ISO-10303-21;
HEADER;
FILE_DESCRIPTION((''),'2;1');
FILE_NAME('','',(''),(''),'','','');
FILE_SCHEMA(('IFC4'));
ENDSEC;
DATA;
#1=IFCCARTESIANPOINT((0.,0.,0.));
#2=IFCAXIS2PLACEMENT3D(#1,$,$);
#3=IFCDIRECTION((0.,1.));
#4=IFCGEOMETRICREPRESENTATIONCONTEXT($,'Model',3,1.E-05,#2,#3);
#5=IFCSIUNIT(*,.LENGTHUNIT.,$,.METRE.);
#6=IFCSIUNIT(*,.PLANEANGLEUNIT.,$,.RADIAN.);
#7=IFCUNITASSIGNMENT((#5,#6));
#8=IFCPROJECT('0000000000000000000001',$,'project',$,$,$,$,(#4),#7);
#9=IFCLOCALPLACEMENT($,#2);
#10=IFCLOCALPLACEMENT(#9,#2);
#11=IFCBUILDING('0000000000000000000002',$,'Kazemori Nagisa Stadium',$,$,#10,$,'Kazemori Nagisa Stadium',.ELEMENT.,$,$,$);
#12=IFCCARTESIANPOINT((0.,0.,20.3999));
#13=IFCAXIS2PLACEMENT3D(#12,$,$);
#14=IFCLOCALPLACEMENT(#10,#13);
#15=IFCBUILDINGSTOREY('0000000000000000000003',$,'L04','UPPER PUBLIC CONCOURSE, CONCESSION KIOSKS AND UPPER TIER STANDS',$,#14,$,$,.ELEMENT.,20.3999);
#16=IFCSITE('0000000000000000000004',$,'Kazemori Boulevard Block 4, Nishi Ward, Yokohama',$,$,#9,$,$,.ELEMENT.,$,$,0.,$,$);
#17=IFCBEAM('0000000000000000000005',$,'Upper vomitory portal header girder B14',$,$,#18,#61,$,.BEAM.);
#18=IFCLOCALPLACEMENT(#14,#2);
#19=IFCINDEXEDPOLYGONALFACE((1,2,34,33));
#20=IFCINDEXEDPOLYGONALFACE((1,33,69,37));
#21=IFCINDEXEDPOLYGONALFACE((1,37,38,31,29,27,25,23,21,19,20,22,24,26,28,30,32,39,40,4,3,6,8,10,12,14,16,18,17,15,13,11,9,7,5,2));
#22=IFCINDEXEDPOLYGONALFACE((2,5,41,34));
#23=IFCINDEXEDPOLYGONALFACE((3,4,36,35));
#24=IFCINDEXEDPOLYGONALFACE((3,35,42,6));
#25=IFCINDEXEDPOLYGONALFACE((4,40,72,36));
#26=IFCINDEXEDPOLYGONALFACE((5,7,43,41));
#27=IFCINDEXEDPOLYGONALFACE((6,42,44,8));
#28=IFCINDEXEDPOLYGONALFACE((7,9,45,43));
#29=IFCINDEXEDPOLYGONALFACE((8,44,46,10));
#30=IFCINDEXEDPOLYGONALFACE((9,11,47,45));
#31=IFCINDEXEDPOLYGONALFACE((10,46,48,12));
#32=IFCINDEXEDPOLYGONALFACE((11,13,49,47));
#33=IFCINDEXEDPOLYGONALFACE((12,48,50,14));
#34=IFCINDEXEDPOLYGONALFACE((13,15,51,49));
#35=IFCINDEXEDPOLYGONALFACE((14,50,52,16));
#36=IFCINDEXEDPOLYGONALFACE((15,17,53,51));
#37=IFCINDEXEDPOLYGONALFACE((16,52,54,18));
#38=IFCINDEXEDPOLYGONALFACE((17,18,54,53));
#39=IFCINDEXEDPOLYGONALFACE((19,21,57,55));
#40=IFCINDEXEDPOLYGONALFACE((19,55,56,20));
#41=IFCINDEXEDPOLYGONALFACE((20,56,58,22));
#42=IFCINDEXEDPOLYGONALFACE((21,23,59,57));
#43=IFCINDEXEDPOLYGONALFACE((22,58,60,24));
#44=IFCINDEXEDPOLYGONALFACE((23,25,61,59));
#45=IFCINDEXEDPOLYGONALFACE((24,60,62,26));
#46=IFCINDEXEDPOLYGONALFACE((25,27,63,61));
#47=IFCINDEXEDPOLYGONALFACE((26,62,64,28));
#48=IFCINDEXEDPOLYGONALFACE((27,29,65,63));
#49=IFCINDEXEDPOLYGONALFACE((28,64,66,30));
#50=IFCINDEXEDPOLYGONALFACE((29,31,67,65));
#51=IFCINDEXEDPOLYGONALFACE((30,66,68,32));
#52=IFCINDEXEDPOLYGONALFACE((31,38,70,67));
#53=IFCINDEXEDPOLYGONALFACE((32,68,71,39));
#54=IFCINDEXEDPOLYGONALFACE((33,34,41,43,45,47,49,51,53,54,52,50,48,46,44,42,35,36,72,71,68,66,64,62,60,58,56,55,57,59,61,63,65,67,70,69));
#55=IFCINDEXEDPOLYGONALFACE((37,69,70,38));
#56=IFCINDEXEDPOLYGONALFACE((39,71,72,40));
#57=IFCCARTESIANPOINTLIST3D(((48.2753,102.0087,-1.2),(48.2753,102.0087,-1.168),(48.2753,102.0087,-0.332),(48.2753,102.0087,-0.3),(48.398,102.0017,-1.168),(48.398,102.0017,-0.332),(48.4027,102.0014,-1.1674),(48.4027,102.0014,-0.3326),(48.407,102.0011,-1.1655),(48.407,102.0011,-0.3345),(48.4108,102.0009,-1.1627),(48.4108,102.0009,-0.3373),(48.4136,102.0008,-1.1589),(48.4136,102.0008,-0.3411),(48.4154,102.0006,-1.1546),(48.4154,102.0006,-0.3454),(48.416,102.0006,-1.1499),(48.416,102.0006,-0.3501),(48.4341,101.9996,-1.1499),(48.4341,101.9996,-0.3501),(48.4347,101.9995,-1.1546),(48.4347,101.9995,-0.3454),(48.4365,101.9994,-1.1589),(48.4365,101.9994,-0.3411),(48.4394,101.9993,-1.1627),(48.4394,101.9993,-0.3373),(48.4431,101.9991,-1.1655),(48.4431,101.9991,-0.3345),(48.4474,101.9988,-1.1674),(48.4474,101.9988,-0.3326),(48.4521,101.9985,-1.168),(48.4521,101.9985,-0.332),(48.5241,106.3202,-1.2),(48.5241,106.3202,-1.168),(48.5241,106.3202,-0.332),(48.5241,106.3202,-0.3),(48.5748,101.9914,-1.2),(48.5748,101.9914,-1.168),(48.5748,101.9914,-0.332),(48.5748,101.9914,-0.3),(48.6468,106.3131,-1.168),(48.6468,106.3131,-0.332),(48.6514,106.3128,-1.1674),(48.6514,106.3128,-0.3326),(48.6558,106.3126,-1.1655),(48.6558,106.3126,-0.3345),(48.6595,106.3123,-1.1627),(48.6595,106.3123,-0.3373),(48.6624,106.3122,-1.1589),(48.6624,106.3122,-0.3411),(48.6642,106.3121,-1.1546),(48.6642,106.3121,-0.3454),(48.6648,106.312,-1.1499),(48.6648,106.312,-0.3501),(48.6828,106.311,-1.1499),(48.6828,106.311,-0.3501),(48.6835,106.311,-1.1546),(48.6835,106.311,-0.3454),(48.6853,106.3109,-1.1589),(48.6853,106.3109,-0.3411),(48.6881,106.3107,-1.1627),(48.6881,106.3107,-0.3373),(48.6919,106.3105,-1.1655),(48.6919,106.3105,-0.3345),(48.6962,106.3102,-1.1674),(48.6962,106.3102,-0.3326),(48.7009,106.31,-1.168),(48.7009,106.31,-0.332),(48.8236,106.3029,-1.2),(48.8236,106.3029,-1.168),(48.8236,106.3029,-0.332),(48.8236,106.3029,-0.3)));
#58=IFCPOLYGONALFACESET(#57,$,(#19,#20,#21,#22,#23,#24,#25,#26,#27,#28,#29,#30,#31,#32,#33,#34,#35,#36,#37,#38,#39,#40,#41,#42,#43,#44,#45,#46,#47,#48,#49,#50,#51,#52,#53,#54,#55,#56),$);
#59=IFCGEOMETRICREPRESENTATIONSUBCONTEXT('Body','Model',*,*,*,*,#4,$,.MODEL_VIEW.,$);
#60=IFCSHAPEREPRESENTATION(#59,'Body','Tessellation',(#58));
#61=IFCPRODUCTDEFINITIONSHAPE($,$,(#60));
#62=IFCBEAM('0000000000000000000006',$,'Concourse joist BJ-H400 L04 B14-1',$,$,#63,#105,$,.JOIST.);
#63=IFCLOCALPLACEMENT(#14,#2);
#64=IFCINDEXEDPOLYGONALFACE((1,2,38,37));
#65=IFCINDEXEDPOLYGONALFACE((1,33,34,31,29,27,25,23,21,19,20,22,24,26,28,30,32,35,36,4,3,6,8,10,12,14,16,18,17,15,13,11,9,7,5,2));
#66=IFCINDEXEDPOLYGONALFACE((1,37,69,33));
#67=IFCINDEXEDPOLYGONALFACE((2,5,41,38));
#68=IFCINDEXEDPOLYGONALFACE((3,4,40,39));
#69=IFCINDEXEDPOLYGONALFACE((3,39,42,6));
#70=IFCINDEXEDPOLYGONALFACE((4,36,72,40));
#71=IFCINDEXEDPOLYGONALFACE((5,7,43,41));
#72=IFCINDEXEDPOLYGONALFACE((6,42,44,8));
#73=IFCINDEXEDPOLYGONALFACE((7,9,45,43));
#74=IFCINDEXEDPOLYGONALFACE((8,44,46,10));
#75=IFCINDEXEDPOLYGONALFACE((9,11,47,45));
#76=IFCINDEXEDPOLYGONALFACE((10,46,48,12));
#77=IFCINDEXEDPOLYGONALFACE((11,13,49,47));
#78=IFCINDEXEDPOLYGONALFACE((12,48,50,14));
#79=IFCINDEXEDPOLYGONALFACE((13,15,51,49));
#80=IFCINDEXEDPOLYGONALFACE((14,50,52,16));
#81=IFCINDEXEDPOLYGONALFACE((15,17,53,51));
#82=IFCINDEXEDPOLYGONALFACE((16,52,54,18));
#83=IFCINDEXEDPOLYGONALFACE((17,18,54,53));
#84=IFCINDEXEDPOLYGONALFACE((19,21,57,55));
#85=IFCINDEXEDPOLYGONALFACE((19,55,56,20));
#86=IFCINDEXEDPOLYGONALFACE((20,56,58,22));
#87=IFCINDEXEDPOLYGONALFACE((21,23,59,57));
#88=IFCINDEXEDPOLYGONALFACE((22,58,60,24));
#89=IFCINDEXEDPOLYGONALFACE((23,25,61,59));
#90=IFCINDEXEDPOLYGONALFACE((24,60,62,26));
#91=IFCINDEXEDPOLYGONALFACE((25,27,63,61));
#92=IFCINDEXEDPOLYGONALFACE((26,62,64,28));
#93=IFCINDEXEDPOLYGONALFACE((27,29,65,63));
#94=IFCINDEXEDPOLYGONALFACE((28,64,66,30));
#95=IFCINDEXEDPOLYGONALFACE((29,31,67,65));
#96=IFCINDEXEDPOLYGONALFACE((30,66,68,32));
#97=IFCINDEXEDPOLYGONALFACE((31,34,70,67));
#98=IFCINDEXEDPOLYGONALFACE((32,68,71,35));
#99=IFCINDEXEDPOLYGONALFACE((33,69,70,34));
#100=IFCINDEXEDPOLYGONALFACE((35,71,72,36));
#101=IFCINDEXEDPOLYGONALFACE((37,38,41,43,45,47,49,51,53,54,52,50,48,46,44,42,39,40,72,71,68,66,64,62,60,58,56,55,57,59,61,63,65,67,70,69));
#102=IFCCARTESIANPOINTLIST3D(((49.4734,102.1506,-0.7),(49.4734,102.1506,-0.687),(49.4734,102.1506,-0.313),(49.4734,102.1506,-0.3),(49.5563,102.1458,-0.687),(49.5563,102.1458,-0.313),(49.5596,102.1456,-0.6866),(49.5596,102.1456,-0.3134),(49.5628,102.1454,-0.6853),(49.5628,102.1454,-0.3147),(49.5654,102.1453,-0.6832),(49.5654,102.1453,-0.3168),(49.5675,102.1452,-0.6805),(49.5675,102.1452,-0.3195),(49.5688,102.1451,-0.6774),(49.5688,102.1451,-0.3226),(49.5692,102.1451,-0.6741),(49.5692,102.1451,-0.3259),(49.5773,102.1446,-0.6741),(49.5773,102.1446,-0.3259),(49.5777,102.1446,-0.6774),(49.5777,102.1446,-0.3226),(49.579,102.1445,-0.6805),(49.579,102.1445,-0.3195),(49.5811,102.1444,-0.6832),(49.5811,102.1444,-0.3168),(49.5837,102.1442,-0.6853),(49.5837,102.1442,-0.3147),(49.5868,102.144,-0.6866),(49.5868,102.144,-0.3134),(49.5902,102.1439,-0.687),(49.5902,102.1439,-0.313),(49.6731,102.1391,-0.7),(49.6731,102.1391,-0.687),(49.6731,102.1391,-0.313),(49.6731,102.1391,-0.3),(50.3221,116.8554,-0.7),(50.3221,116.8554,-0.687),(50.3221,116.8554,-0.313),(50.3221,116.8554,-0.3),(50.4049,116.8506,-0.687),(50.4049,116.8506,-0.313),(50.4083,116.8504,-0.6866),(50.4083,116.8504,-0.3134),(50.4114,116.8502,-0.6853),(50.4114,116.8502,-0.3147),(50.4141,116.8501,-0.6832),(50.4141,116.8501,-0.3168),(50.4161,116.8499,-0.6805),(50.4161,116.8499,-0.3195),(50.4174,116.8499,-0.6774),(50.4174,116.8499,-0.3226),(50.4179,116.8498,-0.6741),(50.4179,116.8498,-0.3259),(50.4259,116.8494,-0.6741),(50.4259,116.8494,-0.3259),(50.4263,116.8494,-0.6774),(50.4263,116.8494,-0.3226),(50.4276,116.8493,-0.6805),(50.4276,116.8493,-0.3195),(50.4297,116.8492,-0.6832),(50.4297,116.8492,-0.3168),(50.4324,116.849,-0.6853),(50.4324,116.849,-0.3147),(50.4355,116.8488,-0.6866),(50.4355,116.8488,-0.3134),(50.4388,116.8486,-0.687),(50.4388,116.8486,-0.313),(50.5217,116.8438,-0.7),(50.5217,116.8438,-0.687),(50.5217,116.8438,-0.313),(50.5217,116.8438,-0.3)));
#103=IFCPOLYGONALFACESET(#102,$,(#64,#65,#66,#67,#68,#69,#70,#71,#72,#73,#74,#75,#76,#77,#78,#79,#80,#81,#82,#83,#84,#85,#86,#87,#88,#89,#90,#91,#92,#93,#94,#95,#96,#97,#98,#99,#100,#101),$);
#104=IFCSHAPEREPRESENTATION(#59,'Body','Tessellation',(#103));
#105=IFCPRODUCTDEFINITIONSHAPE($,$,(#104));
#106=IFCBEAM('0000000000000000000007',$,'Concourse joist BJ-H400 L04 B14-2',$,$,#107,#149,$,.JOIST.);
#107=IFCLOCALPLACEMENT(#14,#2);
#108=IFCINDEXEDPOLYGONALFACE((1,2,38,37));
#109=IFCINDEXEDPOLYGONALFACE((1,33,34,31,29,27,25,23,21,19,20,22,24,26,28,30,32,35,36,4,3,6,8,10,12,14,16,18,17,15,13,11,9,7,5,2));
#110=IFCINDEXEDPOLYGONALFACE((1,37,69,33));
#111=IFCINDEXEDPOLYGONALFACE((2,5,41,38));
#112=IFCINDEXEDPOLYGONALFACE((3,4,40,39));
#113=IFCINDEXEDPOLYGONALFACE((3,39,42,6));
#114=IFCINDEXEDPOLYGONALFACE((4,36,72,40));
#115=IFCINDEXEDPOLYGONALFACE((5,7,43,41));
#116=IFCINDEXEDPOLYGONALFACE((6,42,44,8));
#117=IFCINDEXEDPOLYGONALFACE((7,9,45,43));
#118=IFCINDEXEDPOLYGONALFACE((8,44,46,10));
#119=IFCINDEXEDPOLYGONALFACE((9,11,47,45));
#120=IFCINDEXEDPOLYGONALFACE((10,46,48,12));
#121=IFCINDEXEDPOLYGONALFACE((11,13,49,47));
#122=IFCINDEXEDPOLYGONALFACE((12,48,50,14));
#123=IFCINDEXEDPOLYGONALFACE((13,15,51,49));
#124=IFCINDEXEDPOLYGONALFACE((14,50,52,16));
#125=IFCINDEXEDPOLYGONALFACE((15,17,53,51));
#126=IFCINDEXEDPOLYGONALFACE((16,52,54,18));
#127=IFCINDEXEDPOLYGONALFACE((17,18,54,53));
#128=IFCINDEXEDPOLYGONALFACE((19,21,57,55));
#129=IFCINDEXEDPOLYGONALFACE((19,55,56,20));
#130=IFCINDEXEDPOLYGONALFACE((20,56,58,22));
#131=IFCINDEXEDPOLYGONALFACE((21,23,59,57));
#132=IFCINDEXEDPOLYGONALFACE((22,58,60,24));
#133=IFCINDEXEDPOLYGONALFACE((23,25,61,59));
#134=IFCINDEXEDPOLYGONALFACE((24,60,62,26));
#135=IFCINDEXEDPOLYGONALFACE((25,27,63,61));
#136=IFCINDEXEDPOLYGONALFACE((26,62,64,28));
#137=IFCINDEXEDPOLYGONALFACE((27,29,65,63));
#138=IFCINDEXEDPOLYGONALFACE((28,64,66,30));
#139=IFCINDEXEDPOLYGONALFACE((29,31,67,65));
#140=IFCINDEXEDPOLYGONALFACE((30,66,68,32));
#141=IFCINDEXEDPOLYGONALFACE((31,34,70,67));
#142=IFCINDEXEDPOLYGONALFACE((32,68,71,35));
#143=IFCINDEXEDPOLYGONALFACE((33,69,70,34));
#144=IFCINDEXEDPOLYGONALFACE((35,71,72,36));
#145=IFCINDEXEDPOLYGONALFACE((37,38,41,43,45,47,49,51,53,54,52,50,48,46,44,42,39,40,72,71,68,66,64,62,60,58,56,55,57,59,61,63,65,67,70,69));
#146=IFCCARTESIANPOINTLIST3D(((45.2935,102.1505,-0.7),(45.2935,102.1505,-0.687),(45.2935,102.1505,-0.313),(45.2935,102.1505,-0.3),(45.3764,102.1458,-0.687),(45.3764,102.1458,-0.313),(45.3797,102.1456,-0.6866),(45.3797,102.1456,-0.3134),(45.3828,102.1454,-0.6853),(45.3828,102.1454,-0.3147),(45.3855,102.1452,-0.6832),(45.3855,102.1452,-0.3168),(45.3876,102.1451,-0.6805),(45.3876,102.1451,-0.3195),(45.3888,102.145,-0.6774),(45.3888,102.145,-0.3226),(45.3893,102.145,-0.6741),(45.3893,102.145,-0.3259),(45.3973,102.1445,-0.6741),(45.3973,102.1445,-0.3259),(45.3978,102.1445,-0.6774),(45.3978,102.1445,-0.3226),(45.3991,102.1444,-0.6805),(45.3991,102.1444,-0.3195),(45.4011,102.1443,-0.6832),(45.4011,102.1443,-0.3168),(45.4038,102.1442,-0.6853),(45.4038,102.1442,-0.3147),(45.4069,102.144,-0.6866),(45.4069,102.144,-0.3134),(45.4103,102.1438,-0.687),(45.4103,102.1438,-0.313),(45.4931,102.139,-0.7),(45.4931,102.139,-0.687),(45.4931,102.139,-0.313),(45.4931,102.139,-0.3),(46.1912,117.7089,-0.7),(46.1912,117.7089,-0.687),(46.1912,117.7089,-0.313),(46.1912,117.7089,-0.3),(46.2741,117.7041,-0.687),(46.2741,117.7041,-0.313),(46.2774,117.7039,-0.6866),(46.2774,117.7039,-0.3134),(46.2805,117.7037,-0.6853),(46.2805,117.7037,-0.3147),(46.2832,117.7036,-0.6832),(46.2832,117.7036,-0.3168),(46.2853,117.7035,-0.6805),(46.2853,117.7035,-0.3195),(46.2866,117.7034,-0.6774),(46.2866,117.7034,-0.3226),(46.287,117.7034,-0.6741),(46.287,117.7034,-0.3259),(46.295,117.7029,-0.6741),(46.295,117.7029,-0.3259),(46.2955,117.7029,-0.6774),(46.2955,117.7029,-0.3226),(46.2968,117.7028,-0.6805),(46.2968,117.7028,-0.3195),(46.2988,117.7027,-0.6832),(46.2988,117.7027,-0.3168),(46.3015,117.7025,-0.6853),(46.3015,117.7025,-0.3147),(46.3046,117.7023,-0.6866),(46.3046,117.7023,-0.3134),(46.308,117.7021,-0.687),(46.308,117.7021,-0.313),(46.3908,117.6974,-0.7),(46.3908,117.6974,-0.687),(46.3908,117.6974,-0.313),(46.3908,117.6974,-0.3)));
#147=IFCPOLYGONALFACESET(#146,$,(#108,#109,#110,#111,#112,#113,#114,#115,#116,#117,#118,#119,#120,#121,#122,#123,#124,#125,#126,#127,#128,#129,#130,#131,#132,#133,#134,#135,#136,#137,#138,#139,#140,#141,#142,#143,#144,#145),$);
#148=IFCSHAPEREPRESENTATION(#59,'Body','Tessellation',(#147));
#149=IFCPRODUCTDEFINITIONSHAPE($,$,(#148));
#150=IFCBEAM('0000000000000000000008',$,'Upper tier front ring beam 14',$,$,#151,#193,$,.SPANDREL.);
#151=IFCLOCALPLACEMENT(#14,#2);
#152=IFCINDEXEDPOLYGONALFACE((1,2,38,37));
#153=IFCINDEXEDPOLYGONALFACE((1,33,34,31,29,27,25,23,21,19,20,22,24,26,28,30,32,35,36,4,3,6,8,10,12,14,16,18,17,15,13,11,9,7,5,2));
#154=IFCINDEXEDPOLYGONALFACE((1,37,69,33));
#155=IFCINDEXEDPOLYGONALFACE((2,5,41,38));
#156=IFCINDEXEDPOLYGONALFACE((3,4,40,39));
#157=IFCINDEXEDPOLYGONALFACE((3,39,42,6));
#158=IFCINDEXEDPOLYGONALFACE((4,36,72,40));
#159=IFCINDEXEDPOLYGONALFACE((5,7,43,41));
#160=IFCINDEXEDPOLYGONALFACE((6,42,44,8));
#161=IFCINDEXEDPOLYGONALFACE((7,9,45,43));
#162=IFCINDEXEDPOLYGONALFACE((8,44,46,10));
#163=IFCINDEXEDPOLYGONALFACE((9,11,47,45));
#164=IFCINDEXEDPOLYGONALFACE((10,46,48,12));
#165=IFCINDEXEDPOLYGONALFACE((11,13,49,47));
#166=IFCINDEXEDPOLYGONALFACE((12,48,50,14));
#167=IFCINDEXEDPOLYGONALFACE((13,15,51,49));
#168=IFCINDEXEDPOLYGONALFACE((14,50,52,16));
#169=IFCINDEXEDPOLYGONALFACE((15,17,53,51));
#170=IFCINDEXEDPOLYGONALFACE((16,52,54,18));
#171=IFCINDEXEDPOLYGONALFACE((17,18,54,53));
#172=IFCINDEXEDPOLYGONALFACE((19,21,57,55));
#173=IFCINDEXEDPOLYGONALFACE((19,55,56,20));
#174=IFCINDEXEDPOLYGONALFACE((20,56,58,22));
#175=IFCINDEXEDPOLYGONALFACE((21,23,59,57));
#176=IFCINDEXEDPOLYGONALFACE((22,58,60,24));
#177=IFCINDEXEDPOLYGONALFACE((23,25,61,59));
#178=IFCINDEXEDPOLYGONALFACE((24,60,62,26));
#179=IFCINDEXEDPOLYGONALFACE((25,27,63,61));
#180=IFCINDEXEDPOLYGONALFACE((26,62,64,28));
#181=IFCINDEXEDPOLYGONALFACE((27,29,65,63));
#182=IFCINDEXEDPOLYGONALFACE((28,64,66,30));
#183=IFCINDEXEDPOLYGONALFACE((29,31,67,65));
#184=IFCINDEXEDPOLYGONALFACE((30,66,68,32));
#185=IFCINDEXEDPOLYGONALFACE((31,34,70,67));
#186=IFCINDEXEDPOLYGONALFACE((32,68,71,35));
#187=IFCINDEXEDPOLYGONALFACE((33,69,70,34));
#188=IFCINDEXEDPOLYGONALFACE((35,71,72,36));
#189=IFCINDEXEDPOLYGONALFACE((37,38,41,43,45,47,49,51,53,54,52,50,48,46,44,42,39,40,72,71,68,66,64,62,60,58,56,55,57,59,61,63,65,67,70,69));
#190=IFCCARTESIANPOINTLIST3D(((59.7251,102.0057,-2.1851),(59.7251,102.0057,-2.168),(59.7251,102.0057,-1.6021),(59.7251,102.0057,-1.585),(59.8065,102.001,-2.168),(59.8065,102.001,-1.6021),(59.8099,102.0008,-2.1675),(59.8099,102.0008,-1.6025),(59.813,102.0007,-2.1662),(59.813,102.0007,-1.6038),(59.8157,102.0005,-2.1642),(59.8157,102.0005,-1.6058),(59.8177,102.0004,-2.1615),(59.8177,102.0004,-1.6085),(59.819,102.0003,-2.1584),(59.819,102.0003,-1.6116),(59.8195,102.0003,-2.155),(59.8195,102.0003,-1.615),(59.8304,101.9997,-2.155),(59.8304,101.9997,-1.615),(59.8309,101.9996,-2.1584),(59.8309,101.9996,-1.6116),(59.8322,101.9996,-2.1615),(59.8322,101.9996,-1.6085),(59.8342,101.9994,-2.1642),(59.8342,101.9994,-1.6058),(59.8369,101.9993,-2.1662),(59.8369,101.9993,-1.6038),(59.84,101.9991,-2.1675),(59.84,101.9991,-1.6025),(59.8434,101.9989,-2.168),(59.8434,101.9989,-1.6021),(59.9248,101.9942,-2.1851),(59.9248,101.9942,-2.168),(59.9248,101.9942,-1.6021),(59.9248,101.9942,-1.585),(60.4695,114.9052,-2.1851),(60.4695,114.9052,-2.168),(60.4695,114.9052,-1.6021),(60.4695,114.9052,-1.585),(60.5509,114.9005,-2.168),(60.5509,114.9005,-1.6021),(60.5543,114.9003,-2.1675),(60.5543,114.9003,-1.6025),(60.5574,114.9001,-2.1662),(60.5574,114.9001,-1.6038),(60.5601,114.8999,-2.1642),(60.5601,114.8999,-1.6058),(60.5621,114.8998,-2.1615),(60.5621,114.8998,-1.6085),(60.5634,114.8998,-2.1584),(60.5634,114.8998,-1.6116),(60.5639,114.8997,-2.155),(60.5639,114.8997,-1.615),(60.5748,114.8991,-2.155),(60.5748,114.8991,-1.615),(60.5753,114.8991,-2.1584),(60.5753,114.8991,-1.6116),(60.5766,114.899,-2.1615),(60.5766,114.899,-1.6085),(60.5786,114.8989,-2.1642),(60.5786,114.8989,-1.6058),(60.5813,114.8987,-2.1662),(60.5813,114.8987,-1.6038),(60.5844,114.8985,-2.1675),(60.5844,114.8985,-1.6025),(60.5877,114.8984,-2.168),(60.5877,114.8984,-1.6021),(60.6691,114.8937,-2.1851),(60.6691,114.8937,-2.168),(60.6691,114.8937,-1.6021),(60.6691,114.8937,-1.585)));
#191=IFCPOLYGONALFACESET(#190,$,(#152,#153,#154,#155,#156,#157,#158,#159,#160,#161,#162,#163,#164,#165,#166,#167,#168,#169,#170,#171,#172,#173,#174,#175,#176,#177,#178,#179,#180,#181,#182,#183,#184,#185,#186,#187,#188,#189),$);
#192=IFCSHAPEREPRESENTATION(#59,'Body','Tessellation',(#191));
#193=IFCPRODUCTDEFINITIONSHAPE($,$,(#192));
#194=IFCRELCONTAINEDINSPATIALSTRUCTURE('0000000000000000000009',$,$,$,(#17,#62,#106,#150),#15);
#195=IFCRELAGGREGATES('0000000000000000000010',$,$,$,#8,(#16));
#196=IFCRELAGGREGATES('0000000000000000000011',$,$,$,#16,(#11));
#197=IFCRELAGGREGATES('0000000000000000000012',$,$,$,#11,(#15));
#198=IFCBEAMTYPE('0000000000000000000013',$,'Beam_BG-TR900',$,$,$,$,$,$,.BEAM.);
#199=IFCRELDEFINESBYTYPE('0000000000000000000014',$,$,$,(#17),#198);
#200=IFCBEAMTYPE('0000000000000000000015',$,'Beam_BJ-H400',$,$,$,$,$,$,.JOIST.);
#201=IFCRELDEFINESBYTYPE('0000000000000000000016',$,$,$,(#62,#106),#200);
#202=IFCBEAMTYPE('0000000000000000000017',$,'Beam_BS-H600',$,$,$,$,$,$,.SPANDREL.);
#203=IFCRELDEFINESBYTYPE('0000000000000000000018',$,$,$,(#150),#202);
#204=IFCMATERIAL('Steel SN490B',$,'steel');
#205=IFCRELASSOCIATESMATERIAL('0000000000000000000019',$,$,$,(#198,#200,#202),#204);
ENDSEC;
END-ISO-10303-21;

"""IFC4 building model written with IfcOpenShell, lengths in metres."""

from ifc_helpers import new_model, si_unit, direction, frame, origin, origin_2d, place, context, subcontext, project, spatial, i_section, extrude, material, material_profile, profile_set, type_object, element, save


model = new_model("IFC4")

# Units and contexts
model_context = context("Model", 3, precision=1e-05, world=origin(), true_north=direction((0.0, 1.0)))
body_context = subcontext(model_context, "Body", "Model", "MODEL_VIEW")
ifc_project = project(units=[si_unit("LENGTHUNIT", "METRE"), si_unit("PLANEANGLEUNIT", "RADIAN")], contexts=[model_context])

# Site, building, storey
site_placement = place(None, origin())
site = spatial("IfcSite", under=ifc_project, at=site_placement, Name="Kazemori Boulevard Block 4, Nishi Ward, Yokohama", CompositionType="ELEMENT", RefElevation=0.0)
building_placement = place(site_placement, origin())
building = spatial("IfcBuilding", under=site, at=building_placement, Name="Kazemori Nagisa Stadium", LongName="Kazemori Nagisa Stadium", CompositionType="ELEMENT")
storey_placement = place(building_placement, frame((0.0, 0.0, 20.3999)))
storey = spatial("IfcBuildingStorey", under=building, at=storey_placement, Name="L04", Description="UPPER PUBLIC CONCOURSE, CONCESSION KIOSKS AND UPPER TIER STANDS", CompositionType="ELEMENT", Elevation=20.3999)

# Beams
ifc_material_1 = material(Name="Steel SN490B", Category="steel")
ifc_material_profile_1 = material_profile(ifc_material_1, i_section(OverallWidth=0.3, OverallDepth=0.8999, WebThickness=0.0181, FlangeThickness=0.032, FilletRadius=0.0181, at=origin_2d()), Name="H-900x300x18x32")
ifc_profile_set_1 = profile_set([ifc_material_profile_1], Name="Steel SN490B")
beam_type_1 = type_object("IfcBeamType", Name="Beam_BG-TR900", PredefinedType="BEAM", material=ifc_profile_set_1)
beam_1_placement = place(storey_placement, frame((48.6738, 106.3115, -0.75), z_axis=(-0.057605, -0.998339, 0.0), x_axis=(0.998339, -0.057605, 0.0)))
element("IfcBeam", 1, at=beam_1_placement, inside=storey, type_object=beam_type_1, Name="Upper vomitory portal header girder B14", PredefinedType="BEAM", context=body_context, shape_type="SweptSolid", body=[
    extrude(i_section(OverallWidth=0.3, OverallDepth=0.8999, WebThickness=0.0181, FlangeThickness=0.032, FilletRadius=0.0181, at=origin_2d()), origin(), (0.0, 0.0, 1.0), 4.3186),
])
ifc_material_profile_2 = material_profile(ifc_material_1, i_section(OverallWidth=0.2, OverallDepth=0.3999, WebThickness=0.0081, FlangeThickness=0.0129, FilletRadius=0.0129, at=origin_2d()), Name="H-400x200x8x13")
ifc_profile_set_2 = profile_set([ifc_material_profile_2], Name="Steel SN490B")
beam_type_2 = type_object("IfcBeamType", Name="Beam_BJ-H400", PredefinedType="JOIST", material=ifc_profile_set_2)
beam_2_placement = place(storey_placement, frame((50.4219, 116.8496, -0.5), z_axis=(-0.057615, -0.998339, 0.0), x_axis=(0.998339, -0.057615, 0.0)))
element("IfcBeam", 2, at=beam_2_placement, inside=storey, type_object=beam_type_2, Name="Concourse joist BJ-H400 L04 B14-1", PredefinedType="JOIST", context=body_context, shape_type="SweptSolid", body=[
    extrude(i_section(OverallWidth=0.2, OverallDepth=0.3999, WebThickness=0.0081, FlangeThickness=0.0129, FilletRadius=0.0129, at=origin_2d()), origin(), (0.0, 0.0, 1.0), 14.7292),
])
beam_3_placement = place(storey_placement, frame((46.291, 117.7031, -0.5), z_axis=(-0.057603, -0.99834, 0.0), x_axis=(0.99834, -0.057603, 0.0)))
element("IfcBeam", 3, at=beam_3_placement, inside=storey, type_object=beam_type_2, Name="Concourse joist BJ-H400 L04 B14-2", PredefinedType="JOIST", context=body_context, shape_type="SweptSolid", body=[
    extrude(i_section(OverallWidth=0.2, OverallDepth=0.3999, WebThickness=0.0081, FlangeThickness=0.0129, FilletRadius=0.0129, at=origin_2d()), origin(), (0.0, 0.0, 1.0), 15.5842),
])
ifc_material_profile_3 = material_profile(ifc_material_1, i_section(OverallWidth=0.2, OverallDepth=0.6001, WebThickness=0.011, FlangeThickness=0.0171, FilletRadius=0.0129, at=origin_2d()), Name="H-600x200x11x17")
ifc_profile_set_3 = profile_set([ifc_material_profile_3], Name="Steel SN490B")
beam_type_3 = type_object("IfcBeamType", Name="Beam_BS-H600", PredefinedType="SPANDREL", material=ifc_profile_set_3)
beam_4_placement = place(storey_placement, frame((60.5693, 114.8994, -1.885), z_axis=(-0.057611, -0.998339, 0.0), x_axis=(0.998339, -0.057611, 0.0)))
element("IfcBeam", 4, at=beam_4_placement, inside=storey, type_object=beam_type_3, Name="Upper tier front ring beam 14", PredefinedType="SPANDREL", context=body_context, shape_type="SweptSolid", body=[
    extrude(i_section(OverallWidth=0.2, OverallDepth=0.6001, WebThickness=0.011, FlangeThickness=0.0171, FilletRadius=0.0129, at=origin_2d()), origin(), (0.0, 0.0, 1.0), 12.9209),
])

save(model, "model.ifc")
